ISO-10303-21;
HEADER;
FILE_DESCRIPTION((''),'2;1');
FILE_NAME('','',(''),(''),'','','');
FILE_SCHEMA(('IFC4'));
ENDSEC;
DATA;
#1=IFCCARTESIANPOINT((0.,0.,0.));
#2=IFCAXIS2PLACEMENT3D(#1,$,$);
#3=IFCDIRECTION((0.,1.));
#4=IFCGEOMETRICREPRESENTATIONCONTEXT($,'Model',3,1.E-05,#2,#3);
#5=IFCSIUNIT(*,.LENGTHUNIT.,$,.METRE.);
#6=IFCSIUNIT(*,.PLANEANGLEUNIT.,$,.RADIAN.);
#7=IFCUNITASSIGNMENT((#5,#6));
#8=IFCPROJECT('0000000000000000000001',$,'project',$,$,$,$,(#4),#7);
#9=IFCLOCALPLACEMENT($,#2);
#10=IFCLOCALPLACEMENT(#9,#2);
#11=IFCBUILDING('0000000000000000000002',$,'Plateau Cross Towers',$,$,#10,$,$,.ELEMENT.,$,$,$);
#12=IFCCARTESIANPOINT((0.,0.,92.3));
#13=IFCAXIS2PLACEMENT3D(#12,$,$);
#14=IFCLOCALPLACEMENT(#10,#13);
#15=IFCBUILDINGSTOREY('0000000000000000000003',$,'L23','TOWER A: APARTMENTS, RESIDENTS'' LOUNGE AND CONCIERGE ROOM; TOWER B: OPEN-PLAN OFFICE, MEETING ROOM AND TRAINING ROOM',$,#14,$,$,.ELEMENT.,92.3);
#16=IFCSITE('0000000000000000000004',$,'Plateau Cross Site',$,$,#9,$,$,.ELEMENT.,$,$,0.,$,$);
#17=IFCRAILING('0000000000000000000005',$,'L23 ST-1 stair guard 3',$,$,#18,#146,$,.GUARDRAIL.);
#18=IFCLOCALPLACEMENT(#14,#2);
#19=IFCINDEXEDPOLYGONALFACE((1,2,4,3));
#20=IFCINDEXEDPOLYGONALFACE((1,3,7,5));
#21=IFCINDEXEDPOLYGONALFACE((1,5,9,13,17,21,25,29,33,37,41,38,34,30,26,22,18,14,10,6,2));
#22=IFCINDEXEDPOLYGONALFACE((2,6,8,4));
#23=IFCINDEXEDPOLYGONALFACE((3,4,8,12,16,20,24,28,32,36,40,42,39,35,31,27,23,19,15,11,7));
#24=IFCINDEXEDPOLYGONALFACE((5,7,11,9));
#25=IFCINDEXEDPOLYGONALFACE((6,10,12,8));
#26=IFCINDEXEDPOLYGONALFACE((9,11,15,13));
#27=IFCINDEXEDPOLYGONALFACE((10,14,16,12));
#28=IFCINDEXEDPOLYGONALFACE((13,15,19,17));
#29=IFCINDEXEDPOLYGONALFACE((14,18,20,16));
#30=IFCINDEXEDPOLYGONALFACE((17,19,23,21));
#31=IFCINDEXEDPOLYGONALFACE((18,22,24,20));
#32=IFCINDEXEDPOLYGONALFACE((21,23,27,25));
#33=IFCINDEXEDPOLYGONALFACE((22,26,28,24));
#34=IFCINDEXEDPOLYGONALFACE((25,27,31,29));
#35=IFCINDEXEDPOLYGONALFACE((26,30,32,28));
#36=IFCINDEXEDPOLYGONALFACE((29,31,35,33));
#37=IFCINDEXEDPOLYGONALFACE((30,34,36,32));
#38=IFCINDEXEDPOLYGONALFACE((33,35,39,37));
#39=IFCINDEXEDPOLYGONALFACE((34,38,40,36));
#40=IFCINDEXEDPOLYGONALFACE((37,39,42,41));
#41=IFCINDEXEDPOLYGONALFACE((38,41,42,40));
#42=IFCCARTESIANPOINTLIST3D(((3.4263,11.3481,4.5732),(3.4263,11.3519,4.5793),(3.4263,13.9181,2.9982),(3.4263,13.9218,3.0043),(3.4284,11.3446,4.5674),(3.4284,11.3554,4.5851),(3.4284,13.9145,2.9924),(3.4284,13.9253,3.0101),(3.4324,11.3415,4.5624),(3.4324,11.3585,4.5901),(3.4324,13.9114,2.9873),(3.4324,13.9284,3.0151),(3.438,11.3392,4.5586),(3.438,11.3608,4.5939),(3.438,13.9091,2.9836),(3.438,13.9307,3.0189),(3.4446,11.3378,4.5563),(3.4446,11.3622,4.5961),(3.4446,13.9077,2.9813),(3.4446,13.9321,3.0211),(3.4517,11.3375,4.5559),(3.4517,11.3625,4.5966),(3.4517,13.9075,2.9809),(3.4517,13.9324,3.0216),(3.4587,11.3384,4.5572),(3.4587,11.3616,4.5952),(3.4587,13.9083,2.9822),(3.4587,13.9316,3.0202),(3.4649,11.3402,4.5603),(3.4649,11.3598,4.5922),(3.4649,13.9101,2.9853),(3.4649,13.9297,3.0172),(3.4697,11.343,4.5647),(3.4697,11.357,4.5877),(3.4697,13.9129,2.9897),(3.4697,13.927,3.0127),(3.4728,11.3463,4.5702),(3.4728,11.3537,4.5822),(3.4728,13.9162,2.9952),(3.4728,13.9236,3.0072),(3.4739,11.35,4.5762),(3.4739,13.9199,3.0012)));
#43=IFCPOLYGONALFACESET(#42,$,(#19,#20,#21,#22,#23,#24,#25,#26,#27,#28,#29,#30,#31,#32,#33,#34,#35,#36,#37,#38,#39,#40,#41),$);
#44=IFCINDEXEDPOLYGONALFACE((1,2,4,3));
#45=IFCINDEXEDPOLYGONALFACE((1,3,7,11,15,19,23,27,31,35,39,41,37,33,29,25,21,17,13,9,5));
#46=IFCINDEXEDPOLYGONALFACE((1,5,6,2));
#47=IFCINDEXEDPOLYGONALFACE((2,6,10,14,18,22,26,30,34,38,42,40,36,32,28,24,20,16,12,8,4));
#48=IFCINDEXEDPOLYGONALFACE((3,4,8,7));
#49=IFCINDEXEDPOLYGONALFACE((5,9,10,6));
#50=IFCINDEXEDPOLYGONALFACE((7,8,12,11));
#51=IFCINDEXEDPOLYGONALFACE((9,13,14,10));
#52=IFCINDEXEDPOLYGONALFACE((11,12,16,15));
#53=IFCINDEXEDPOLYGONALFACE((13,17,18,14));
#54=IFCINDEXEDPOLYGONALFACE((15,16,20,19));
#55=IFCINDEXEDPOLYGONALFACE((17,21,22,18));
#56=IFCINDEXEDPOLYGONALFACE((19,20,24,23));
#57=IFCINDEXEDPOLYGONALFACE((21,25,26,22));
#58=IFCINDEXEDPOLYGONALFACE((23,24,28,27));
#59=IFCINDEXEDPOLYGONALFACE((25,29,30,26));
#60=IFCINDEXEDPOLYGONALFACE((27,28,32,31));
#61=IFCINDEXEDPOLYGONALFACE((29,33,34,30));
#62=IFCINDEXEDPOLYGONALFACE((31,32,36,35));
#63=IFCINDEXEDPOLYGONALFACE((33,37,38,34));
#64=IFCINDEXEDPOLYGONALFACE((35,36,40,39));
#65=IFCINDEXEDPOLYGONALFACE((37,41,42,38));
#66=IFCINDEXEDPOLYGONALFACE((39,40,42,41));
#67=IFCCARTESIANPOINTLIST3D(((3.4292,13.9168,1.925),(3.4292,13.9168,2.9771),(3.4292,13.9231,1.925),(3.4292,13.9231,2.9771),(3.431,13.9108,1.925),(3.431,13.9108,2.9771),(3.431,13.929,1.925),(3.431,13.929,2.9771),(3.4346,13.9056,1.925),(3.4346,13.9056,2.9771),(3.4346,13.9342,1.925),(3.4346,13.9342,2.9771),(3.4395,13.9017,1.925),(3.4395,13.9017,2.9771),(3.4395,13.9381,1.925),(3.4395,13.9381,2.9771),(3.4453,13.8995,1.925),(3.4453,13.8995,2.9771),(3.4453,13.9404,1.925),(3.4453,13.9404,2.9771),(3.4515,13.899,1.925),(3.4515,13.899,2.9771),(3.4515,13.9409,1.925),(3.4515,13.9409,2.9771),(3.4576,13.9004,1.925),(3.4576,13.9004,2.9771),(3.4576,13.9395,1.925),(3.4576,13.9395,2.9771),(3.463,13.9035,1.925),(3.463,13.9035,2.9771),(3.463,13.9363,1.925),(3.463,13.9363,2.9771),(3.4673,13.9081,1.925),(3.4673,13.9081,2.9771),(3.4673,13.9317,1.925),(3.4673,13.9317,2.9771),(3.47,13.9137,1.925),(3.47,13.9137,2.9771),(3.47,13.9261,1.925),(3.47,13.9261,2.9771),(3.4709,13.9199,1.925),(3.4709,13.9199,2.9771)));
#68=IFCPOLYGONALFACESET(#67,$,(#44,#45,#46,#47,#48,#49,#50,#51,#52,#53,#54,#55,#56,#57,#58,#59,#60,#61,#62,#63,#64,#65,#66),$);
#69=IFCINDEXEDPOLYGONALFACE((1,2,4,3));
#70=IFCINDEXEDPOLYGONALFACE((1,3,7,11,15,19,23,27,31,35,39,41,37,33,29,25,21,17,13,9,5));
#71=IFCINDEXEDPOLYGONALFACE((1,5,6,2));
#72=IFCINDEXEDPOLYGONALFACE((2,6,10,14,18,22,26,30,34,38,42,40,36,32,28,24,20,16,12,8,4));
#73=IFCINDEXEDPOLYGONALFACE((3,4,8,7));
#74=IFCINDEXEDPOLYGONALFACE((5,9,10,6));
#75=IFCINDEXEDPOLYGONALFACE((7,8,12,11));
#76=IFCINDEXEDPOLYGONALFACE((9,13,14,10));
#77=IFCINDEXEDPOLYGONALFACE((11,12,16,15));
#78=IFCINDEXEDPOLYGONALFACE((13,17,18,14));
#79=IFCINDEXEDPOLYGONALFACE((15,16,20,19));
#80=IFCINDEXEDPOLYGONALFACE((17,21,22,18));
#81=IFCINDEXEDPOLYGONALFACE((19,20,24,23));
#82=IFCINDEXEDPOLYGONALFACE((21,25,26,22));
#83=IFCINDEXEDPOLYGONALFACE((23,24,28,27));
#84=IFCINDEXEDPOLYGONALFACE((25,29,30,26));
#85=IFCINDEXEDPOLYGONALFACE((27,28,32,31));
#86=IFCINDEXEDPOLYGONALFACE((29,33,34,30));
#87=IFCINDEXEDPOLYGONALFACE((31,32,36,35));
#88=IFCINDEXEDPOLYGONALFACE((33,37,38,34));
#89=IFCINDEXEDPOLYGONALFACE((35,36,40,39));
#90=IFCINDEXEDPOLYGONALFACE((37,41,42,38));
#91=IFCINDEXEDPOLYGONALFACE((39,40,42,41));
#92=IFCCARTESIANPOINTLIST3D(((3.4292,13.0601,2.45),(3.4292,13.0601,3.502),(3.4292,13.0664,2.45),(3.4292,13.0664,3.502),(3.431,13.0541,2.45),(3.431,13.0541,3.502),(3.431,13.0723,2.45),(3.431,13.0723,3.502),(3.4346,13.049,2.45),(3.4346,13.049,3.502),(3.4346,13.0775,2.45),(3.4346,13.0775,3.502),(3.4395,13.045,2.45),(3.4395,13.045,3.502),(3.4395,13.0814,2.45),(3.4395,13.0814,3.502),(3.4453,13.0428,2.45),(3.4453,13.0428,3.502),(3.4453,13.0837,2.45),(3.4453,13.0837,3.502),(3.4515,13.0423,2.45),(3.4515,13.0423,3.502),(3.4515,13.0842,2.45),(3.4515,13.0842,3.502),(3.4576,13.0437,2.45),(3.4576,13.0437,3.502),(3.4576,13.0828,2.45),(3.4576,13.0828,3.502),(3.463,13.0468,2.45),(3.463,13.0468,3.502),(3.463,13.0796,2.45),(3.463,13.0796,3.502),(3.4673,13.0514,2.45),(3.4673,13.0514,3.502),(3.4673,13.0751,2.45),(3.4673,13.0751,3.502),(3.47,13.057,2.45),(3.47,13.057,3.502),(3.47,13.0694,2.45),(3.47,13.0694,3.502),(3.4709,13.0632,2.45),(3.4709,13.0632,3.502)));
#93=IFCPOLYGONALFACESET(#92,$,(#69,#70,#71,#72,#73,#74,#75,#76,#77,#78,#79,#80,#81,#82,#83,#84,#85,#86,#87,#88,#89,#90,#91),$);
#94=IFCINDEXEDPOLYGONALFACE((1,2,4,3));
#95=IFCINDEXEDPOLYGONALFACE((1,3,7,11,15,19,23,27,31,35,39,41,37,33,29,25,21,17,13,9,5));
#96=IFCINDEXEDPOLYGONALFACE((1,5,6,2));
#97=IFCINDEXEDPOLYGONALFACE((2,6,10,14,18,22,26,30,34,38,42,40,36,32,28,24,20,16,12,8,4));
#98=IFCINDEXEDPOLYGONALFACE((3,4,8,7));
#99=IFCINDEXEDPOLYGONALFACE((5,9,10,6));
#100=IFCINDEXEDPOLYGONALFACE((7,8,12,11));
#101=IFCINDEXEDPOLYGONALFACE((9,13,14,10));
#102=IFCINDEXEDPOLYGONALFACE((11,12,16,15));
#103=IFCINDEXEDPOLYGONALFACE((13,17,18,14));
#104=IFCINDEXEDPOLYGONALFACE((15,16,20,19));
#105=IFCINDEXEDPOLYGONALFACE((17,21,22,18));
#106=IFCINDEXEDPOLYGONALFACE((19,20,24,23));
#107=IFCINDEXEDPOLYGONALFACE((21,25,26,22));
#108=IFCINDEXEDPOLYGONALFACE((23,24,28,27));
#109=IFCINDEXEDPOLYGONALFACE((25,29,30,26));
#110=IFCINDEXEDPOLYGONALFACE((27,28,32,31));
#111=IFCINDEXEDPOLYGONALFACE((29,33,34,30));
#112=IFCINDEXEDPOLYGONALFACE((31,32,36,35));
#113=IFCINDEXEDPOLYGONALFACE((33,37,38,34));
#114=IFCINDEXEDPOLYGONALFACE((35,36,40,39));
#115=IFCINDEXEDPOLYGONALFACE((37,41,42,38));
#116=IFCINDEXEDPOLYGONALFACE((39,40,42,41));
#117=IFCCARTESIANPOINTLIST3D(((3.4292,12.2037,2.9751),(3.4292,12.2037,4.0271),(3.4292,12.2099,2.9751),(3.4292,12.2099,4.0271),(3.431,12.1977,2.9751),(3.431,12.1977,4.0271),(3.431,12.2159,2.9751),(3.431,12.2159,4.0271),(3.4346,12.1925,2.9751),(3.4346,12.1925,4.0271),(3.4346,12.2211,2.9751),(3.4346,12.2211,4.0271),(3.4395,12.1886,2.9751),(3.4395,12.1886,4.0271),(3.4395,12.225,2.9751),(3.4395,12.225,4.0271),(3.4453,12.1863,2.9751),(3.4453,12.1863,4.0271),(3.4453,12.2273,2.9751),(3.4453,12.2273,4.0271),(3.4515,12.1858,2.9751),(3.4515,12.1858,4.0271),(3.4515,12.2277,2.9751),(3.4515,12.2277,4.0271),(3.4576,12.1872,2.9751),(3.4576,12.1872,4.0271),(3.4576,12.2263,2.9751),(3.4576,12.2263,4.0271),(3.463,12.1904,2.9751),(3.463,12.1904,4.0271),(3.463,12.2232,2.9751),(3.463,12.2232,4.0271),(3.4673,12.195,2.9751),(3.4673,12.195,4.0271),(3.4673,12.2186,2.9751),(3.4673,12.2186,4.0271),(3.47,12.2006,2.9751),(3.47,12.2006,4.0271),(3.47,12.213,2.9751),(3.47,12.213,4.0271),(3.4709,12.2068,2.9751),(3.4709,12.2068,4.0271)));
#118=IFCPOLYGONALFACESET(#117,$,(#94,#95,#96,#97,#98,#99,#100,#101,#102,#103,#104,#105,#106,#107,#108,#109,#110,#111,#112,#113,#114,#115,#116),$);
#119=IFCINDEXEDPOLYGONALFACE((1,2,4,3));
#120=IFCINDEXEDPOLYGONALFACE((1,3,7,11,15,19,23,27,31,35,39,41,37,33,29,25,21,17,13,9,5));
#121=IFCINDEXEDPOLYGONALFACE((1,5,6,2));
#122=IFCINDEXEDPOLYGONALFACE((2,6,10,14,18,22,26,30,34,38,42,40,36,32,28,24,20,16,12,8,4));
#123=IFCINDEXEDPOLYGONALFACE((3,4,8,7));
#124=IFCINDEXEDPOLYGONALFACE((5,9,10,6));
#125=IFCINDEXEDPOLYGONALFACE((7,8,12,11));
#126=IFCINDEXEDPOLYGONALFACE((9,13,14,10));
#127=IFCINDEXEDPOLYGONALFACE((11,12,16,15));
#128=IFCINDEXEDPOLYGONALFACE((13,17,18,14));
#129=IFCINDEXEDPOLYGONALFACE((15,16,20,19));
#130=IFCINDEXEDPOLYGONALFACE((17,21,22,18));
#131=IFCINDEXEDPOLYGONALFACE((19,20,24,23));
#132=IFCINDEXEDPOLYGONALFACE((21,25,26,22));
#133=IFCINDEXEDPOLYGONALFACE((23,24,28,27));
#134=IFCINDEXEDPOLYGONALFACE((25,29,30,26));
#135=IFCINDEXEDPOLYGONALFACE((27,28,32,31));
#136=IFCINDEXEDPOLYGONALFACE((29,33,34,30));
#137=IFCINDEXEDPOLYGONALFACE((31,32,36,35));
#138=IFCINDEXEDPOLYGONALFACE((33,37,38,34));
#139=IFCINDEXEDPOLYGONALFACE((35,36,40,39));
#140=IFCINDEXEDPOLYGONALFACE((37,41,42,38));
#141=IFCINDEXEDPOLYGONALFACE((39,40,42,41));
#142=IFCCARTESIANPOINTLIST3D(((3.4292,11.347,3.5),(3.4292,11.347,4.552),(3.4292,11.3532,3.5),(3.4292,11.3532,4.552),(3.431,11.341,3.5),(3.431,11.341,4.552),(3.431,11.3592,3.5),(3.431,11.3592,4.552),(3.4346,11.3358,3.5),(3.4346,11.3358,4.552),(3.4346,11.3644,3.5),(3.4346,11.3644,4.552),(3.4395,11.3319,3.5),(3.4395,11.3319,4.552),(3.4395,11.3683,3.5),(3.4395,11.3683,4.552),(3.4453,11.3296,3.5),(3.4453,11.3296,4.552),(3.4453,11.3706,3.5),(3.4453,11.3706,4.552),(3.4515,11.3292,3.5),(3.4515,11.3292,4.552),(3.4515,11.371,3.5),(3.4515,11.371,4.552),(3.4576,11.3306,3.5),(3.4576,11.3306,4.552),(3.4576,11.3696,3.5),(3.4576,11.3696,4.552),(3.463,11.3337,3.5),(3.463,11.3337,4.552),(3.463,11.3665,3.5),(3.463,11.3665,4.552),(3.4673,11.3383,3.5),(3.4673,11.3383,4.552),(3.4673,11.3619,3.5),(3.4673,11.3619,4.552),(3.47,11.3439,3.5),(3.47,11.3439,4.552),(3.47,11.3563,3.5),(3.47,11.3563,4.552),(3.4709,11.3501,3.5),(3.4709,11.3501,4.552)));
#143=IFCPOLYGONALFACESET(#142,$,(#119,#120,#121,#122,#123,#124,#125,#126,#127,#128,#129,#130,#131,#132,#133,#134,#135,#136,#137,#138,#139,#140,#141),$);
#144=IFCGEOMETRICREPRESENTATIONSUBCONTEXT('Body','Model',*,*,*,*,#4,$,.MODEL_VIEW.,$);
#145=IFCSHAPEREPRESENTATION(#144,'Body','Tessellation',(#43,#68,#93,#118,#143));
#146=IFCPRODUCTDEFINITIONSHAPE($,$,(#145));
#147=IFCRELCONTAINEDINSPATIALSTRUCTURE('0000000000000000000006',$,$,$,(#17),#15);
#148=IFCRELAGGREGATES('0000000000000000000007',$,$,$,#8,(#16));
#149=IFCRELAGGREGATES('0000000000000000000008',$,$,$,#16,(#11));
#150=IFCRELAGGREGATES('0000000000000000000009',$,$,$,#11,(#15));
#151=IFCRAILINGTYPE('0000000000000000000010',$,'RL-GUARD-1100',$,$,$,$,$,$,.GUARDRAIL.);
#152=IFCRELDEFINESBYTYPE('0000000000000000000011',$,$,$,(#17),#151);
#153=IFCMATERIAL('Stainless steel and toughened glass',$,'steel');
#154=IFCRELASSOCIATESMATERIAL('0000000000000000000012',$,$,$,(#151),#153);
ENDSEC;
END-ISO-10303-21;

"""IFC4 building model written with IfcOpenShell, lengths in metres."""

from ifc_helpers import new_model, si_unit, direction, frame, origin, origin_2d, place, context, subcontext, project, spatial, circle, extrude, material, type_object, element, save


model = new_model("IFC4")

# Units and contexts
model_context = context("Model", 3, precision=1e-05, world=origin(), true_north=direction((0.0, 1.0)))
body_context = subcontext(model_context, "Body", "Model", "MODEL_VIEW")
ifc_project = project(units=[si_unit("LENGTHUNIT", "METRE"), si_unit("PLANEANGLEUNIT", "RADIAN")], contexts=[model_context])

# Site, building, storey
site_placement = place(None, origin())
site = spatial("IfcSite", under=ifc_project, at=site_placement, Name="Plateau Cross Site", CompositionType="ELEMENT", RefElevation=0.0)
building_placement = place(site_placement, origin())
building = spatial("IfcBuilding", under=site, at=building_placement, Name="Plateau Cross Towers", CompositionType="ELEMENT")
storey_placement = place(building_placement, frame((0.0, 0.0, 92.3)))
storey = spatial("IfcBuildingStorey", under=building, at=storey_placement, Name="L23", Description="TOWER A: APARTMENTS, RESIDENTS' LOUNGE AND CONCIERGE ROOM; TOWER B: OPEN-PLAN OFFICE, MEETING ROOM AND TRAINING ROOM", CompositionType="ELEMENT", Elevation=92.3)

# Railing
ifc_material_1 = material(Name="Stainless steel and toughened glass", Category="steel")
railing_type_1 = type_object("IfcRailingType", Name="RL-GUARD-1100", PredefinedType="GUARDRAIL", material=ifc_material_1)
railing_1_placement = place(storey_placement, frame((3.45, 13.9199, 1.925)))
element("IfcRailing", 1, at=railing_1_placement, inside=storey, type_object=railing_type_1, Name="L23 ST-1 stair guard 3", PredefinedType="GUARDRAIL", context=body_context, shape_type="SweptSolid", body=[
    extrude(circle(Radius=0.0239, at=origin_2d()), frame((0.0, 0.0, 1.0762), z_axis=(0.0, -0.852616, 0.522537), x_axis=(1.0, 0.0, 0.0)), (0.0, 0.0, 1.0), 3.0142),
    extrude(circle(Radius=0.021, at=origin_2d()), origin(), (0.0, 0.0, 1.0), 1.052),
    extrude(circle(Radius=0.021, at=origin_2d()), frame((0.0, -0.8567, 0.5249)), (0.0, 0.0, 1.0), 1.052),
    extrude(circle(Radius=0.021, at=origin_2d()), frame((0.0, -1.7131, 1.05)), (0.0, 0.0, 1.0), 1.052),
    extrude(circle(Radius=0.021, at=origin_2d()), frame((0.0, -2.5698, 1.575)), (0.0, 0.0, 1.0), 1.052),
])

save(model, "model.ifc")
